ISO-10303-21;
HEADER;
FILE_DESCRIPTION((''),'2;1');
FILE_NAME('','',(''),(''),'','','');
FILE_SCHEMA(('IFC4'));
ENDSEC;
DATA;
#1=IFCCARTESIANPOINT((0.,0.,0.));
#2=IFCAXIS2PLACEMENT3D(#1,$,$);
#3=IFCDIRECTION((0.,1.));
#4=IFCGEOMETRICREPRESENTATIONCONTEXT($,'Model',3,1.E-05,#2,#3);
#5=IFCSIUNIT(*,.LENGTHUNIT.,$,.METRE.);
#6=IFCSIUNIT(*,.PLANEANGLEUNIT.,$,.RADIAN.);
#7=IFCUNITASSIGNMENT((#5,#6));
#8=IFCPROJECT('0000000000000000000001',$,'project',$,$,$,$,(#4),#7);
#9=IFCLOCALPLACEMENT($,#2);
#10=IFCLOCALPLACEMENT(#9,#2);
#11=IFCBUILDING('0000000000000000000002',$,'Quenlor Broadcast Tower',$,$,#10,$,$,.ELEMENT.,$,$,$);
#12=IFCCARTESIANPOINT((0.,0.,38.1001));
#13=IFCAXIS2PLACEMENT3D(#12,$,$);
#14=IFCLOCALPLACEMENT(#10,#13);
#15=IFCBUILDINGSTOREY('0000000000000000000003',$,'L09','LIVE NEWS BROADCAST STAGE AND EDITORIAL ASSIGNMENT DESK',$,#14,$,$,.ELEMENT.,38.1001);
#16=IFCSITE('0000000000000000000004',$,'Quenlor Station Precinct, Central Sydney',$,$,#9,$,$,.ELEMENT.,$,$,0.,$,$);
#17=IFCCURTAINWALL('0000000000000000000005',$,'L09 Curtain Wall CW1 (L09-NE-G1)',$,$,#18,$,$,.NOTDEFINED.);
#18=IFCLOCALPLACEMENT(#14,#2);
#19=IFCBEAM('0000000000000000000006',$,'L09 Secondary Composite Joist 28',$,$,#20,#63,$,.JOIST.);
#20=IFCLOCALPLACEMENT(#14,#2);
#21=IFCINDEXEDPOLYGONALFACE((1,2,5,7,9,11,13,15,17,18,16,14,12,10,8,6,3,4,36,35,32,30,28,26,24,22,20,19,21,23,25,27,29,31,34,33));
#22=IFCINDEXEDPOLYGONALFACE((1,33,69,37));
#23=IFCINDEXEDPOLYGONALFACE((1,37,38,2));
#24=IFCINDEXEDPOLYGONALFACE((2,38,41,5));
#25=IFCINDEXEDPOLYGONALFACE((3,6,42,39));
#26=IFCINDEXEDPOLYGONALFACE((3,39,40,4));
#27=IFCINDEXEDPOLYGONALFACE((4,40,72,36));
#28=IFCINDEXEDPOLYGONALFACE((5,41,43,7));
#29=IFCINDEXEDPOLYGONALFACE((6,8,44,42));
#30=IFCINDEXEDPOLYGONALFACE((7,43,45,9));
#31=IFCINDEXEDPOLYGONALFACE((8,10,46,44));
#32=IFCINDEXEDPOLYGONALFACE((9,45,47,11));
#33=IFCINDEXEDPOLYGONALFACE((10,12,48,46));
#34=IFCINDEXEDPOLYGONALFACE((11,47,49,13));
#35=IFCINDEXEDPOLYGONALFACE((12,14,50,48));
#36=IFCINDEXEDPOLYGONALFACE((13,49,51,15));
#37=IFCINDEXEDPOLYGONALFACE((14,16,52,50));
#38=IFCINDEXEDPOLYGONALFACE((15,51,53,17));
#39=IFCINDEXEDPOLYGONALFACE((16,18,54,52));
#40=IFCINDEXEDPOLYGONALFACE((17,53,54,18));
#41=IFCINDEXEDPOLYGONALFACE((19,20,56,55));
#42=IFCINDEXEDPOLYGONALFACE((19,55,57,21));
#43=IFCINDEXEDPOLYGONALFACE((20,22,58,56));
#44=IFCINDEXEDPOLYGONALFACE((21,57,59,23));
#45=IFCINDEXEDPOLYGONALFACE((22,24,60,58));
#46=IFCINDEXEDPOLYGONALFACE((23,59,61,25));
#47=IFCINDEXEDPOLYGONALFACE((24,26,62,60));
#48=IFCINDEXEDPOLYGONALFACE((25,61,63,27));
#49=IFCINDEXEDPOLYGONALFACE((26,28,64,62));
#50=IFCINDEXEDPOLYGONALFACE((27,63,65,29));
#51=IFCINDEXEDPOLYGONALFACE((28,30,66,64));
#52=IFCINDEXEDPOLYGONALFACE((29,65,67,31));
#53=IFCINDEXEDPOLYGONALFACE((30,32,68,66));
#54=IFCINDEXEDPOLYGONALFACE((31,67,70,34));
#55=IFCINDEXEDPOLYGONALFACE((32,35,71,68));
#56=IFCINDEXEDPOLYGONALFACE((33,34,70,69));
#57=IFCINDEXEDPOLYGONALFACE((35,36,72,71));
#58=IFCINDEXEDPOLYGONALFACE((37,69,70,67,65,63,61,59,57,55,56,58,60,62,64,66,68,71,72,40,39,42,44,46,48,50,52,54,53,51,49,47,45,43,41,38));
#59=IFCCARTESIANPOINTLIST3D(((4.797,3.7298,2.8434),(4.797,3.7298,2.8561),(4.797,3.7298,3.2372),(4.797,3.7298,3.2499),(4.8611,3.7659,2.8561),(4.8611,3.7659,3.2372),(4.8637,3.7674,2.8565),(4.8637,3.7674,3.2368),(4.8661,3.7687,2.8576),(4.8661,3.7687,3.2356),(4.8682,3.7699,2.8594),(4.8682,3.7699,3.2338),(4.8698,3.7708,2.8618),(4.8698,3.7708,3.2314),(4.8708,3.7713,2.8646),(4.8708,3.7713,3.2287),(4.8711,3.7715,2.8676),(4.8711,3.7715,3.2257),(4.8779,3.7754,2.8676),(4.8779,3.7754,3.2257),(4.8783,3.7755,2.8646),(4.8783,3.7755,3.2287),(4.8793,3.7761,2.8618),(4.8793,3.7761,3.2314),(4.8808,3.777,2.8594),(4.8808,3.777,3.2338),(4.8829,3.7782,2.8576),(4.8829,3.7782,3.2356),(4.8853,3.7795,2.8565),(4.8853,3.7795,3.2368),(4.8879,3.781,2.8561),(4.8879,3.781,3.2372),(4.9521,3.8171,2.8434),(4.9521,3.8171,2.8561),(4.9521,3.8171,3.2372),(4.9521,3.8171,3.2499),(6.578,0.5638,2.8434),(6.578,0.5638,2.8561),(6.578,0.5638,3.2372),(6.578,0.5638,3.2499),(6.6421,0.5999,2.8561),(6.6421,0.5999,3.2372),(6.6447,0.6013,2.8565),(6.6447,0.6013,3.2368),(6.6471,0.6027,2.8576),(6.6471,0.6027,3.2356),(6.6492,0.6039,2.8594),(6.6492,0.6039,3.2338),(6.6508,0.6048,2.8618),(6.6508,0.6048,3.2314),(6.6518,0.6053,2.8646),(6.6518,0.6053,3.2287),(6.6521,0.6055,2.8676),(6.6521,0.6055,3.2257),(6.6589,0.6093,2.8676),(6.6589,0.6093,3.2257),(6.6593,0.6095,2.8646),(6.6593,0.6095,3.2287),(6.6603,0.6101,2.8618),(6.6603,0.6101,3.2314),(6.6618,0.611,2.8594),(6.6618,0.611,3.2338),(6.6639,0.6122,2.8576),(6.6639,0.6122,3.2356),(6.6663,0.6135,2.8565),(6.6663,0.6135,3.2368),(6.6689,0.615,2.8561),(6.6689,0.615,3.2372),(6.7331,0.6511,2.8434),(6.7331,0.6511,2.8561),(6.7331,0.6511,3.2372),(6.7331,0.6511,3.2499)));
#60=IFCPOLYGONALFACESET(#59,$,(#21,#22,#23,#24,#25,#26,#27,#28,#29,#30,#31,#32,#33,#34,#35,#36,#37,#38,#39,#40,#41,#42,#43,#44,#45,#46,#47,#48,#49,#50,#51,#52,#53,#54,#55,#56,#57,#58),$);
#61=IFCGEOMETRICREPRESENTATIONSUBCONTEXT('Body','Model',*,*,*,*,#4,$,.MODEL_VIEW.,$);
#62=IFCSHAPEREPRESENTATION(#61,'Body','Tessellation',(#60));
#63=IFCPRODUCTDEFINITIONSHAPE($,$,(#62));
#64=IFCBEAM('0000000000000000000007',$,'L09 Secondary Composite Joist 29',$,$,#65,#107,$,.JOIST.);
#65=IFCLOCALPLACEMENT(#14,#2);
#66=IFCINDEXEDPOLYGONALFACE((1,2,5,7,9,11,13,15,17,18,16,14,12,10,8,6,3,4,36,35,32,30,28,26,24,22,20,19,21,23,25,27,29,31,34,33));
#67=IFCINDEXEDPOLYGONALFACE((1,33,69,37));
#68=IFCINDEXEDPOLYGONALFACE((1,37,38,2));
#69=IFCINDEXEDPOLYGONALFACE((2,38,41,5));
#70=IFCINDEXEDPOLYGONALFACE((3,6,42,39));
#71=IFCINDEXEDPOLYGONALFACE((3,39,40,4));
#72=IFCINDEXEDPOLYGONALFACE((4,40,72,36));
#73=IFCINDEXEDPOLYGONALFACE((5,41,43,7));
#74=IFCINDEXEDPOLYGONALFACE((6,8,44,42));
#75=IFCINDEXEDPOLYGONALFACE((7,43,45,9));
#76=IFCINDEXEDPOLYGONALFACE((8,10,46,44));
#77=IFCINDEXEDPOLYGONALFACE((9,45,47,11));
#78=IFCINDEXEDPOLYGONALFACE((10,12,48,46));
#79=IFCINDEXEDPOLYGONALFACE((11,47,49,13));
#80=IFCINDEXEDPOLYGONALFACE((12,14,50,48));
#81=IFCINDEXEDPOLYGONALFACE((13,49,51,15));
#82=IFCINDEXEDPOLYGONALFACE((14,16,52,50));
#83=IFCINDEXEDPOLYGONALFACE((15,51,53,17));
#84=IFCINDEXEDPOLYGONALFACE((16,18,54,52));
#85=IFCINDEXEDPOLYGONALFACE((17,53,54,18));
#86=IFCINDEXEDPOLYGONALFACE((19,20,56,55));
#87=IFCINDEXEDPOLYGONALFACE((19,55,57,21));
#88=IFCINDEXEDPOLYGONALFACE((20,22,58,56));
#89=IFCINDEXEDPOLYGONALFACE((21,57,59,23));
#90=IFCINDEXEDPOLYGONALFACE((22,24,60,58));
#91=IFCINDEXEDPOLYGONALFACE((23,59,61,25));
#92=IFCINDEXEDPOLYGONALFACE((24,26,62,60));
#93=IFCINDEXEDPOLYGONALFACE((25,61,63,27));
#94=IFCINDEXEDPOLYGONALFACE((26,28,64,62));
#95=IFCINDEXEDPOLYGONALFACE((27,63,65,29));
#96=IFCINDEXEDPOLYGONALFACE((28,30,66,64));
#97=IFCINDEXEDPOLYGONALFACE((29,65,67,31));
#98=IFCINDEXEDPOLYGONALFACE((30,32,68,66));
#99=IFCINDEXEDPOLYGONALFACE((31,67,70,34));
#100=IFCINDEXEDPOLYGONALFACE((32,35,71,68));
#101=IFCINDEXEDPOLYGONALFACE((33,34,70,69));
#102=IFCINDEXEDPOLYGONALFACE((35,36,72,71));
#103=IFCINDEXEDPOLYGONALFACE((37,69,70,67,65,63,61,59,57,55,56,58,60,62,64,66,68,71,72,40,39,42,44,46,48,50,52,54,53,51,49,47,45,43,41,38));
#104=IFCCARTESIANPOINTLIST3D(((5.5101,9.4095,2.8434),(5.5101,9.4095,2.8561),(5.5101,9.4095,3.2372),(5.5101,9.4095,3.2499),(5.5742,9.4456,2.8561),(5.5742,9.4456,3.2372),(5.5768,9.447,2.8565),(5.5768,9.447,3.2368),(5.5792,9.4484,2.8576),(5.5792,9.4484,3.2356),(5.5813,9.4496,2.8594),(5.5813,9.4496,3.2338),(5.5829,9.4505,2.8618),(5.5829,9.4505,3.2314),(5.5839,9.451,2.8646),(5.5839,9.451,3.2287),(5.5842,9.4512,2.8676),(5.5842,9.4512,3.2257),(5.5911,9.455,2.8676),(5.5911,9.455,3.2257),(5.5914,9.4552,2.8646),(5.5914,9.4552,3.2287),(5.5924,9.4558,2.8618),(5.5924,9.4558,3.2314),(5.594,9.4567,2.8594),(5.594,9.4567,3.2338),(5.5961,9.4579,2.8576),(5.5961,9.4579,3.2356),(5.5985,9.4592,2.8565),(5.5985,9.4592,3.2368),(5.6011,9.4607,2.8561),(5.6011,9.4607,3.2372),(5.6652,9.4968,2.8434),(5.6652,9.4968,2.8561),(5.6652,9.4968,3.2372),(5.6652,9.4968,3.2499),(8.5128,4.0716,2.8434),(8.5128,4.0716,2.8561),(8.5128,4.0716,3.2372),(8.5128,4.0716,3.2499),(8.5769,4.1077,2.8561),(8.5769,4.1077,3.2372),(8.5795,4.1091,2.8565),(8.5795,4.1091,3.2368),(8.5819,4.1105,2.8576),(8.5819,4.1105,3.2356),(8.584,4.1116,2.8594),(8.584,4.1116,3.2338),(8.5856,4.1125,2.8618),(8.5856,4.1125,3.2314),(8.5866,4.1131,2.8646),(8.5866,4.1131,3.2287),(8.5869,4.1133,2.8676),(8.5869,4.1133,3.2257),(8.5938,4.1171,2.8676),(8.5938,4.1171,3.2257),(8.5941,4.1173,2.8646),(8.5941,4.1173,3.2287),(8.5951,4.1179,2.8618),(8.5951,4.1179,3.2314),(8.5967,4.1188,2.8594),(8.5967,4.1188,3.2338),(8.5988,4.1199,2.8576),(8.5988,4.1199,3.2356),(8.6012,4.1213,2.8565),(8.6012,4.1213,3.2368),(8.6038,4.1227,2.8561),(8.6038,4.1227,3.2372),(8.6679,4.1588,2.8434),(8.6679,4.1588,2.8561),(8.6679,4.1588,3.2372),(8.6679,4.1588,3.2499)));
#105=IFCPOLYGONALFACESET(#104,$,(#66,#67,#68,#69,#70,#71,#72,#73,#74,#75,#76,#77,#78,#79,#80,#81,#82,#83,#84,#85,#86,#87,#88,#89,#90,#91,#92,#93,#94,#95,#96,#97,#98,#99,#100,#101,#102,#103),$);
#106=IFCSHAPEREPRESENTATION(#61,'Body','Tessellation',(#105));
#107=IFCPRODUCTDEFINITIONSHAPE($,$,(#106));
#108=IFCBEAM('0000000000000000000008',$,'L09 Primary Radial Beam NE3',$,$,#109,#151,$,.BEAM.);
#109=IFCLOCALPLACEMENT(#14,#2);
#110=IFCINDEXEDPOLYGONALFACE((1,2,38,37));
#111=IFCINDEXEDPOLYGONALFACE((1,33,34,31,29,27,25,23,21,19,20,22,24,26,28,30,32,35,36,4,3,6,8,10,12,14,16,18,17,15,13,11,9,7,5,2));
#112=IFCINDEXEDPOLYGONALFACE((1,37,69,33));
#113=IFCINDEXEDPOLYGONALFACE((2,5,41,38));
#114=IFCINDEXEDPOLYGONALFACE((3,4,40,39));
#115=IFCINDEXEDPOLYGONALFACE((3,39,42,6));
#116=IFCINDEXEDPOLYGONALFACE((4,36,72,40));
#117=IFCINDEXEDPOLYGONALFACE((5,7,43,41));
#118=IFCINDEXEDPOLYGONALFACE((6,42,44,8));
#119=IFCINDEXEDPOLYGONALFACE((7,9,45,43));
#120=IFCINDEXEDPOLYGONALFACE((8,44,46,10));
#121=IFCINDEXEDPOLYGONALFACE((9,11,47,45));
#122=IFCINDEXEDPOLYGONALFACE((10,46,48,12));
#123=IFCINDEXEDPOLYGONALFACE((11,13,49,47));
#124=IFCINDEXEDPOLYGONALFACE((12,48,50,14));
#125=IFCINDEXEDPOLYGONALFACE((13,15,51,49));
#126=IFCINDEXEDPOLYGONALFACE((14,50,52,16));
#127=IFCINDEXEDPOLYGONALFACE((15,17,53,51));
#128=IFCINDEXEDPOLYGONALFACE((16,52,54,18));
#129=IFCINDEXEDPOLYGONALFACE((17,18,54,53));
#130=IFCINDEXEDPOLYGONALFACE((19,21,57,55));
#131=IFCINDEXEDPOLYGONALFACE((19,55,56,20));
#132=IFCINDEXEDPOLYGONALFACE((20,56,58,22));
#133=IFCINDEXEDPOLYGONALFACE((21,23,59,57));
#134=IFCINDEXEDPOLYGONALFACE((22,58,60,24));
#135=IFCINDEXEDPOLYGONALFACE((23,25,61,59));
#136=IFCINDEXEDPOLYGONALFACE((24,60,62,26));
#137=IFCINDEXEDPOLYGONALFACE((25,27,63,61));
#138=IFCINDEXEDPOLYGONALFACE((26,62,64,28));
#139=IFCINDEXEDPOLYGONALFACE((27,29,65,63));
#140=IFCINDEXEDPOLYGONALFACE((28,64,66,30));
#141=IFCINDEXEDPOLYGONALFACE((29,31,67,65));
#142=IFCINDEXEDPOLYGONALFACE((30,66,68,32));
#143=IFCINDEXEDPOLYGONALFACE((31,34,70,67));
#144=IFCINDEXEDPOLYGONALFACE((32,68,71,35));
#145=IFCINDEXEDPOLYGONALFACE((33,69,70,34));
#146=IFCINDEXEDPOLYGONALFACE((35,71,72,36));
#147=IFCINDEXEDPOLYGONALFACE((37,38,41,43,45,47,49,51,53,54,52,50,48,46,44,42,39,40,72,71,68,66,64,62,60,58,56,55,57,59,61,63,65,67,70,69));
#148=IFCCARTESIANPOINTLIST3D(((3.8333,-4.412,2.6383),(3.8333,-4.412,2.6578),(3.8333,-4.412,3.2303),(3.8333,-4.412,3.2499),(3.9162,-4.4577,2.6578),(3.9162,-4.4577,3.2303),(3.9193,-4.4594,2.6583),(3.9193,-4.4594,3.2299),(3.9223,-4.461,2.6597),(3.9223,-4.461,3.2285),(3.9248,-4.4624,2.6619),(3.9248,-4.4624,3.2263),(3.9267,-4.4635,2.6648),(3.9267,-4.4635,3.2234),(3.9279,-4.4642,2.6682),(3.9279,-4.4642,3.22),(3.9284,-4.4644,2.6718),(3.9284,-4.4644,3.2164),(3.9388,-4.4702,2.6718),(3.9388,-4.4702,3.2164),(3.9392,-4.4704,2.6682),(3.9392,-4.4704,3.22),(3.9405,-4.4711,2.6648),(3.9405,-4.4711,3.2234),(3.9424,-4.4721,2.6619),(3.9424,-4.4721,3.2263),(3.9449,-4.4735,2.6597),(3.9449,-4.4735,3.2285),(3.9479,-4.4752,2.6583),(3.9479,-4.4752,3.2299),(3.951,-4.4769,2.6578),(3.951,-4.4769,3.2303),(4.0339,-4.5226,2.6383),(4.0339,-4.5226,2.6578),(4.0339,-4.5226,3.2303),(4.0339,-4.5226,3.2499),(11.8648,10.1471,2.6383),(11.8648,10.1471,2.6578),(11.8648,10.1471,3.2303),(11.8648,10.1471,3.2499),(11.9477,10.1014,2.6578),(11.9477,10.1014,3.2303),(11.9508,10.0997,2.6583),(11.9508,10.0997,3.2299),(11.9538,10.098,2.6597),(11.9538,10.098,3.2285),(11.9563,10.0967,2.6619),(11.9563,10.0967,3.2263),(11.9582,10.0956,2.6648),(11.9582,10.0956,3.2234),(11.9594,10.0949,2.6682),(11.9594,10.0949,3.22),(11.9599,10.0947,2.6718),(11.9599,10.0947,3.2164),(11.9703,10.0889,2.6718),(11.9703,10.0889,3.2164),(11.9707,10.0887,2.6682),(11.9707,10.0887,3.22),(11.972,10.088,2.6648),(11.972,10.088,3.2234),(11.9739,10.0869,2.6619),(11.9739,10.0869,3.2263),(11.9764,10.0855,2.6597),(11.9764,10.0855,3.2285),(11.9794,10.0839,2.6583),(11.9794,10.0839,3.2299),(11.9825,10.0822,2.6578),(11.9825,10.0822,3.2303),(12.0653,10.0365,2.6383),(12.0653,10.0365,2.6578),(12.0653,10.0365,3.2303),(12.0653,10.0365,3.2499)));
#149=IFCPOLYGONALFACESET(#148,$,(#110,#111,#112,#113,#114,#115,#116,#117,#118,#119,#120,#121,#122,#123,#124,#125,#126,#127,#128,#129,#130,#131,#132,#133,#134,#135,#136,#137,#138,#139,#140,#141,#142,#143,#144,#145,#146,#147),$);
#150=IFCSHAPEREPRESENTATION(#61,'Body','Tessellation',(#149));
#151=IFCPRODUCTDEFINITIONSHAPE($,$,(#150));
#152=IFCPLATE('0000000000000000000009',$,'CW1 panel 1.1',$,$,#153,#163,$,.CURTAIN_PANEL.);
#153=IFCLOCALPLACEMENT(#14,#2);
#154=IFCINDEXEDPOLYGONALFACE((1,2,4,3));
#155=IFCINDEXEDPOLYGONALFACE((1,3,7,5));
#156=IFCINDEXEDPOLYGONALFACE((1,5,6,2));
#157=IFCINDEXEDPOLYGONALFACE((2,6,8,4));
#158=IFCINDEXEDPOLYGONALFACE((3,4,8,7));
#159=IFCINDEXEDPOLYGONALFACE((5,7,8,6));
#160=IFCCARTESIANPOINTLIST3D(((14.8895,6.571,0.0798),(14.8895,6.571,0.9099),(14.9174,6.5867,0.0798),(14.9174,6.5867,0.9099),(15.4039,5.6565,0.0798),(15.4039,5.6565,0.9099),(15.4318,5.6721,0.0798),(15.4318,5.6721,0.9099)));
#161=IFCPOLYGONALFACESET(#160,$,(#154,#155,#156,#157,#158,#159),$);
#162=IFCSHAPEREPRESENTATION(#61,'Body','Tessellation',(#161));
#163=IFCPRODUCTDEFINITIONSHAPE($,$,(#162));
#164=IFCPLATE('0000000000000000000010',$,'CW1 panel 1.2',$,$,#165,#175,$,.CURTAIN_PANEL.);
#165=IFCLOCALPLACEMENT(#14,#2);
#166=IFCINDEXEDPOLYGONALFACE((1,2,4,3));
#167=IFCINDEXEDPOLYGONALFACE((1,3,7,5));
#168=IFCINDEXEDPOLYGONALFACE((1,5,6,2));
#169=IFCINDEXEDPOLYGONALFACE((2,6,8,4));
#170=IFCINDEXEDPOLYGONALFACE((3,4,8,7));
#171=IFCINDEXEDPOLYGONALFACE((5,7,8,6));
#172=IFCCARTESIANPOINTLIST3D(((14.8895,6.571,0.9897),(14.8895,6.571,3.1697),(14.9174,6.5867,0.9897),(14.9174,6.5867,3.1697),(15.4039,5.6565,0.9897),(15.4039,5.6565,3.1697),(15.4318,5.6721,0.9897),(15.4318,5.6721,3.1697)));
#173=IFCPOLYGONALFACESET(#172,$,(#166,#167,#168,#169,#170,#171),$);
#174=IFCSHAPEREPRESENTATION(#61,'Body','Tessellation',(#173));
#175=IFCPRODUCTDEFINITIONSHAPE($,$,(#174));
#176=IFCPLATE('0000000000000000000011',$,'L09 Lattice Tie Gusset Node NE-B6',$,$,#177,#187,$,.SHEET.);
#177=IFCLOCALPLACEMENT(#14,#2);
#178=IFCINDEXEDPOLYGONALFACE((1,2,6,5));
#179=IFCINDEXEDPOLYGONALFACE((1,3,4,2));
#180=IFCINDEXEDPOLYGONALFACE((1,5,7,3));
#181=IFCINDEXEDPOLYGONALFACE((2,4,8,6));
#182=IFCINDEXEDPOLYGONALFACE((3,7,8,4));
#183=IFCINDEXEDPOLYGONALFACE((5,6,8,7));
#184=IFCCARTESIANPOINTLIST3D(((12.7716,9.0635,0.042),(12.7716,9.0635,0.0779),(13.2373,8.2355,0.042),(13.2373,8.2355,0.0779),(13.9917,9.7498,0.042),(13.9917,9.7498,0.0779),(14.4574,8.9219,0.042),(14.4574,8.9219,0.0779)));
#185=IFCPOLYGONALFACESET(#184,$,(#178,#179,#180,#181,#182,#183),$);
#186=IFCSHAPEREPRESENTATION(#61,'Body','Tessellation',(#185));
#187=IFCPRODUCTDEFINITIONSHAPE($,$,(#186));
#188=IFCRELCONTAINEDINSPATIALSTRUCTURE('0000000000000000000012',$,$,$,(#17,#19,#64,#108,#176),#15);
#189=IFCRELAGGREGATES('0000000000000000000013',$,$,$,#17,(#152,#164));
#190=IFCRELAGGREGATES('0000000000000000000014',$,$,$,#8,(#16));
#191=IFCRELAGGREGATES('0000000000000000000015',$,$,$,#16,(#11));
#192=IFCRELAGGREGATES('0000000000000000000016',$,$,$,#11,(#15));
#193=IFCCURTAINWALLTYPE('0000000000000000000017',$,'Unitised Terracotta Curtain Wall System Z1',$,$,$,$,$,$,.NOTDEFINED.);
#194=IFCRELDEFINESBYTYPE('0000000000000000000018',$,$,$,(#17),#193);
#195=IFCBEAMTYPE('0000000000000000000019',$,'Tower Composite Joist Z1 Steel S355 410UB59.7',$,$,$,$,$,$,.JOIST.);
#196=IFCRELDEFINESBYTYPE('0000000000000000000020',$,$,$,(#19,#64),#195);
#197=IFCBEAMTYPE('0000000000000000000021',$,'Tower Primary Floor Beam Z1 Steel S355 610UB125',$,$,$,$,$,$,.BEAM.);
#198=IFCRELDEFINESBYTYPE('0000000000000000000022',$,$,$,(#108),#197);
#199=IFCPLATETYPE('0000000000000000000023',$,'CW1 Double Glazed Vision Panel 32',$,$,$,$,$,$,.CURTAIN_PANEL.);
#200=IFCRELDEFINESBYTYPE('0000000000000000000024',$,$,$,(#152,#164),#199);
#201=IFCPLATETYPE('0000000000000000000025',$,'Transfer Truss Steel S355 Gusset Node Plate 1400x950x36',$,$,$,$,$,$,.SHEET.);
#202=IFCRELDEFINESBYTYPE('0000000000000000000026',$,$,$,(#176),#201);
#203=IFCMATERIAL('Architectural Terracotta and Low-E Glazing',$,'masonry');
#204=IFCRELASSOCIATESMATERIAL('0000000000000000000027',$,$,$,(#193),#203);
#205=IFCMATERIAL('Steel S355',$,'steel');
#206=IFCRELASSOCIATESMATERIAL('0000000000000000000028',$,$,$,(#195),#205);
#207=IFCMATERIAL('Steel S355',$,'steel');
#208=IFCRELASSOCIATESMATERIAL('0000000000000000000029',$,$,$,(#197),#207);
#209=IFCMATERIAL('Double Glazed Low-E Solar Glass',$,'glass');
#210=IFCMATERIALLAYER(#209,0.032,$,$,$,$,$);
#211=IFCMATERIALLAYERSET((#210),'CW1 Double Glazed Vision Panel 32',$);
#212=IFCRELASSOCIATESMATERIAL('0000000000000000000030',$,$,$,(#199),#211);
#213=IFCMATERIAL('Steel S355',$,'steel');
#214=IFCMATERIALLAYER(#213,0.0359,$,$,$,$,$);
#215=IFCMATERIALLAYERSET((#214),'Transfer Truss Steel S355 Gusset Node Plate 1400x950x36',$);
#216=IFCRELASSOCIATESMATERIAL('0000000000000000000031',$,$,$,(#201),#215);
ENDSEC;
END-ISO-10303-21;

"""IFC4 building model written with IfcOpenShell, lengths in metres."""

from ifc_helpers import new_model, si_unit, direction, frame, origin, origin_2d, place, context, subcontext, project, spatial, rectangle, i_section, extrude, material, layer, layer_set, material_profile, profile_set, type_object, element, aggregate, save


model = new_model("IFC4")

# Units and contexts
model_context = context("Model", 3, precision=1e-05, world=origin(), true_north=direction((0.0, 1.0)))
body_context = subcontext(model_context, "Body", "Model", "MODEL_VIEW")
ifc_project = project(units=[si_unit("LENGTHUNIT", "METRE"), si_unit("PLANEANGLEUNIT", "RADIAN")], contexts=[model_context])

# Site, building, storey
site_placement = place(None, origin())
site = spatial("IfcSite", under=ifc_project, at=site_placement, Name="Quenlor Station Precinct, Central Sydney", CompositionType="ELEMENT", RefElevation=0.0)
building_placement = place(site_placement, origin())
building = spatial("IfcBuilding", under=site, at=building_placement, Name="Quenlor Broadcast Tower", CompositionType="ELEMENT")
storey_placement = place(building_placement, frame((0.0, 0.0, 38.1001)))
storey = spatial("IfcBuildingStorey", under=building, at=storey_placement, Name="L09", Description="LIVE NEWS BROADCAST STAGE AND EDITORIAL ASSIGNMENT DESK", CompositionType="ELEMENT", Elevation=38.1001)

# Curtain wall
ifc_material_1 = material(Name="Architectural Terracotta and Low-E Glazing", Category="masonry")
curtain_wall_type = type_object("IfcCurtainWallType", Name="Unitised Terracotta Curtain Wall System Z1", PredefinedType="NOTDEFINED", material=ifc_material_1)
curtain_wall_placement = place(storey_placement, origin())
curtain_wall = element("IfcCurtainWall", 1, at=curtain_wall_placement, inside=storey, type_object=curtain_wall_type, Name="L09 Curtain Wall CW1 (L09-NE-G1)", PredefinedType="NOTDEFINED")

# Beams
ifc_material_2 = material(Name="Steel S355", Category="steel")
ifc_material_profile_1 = material_profile(ifc_material_2, i_section(OverallWidth=0.178, OverallDepth=0.4065, WebThickness=0.0078, FlangeThickness=0.0127, FilletRadius=0.0115, at=origin_2d()))
ifc_profile_set_1 = profile_set([ifc_material_profile_1], Name="Steel S355 410UB59.7")
beam_type_1 = type_object("IfcBeamType", Name="Tower Composite Joist Z1 Steel S355 410UB59.7", PredefinedType="JOIST", material=ifc_profile_set_1)
beam_1_placement = place(storey_placement, frame((4.8745, 3.7734, 3.0466), z_axis=(0.490287, -0.871561, 0.0), x_axis=(0.871561, 0.490287, 0.0)))
element("IfcBeam", 2, at=beam_1_placement, inside=storey, type_object=beam_type_1, Name="L09 Secondary Composite Joist 28", PredefinedType="JOIST", context=body_context, shape_type="SweptSolid", body=[
    extrude(i_section(OverallWidth=0.178, OverallDepth=0.4065, WebThickness=0.0078, FlangeThickness=0.0127, FilletRadius=0.0115, at=origin_2d()), origin(), (0.0, 0.0, 1.0), 3.6326),
])
beam_2_placement = place(storey_placement, frame((5.5876, 9.4531, 3.0466), z_axis=(0.490276, -0.871567, 0.0), x_axis=(0.871567, 0.490276, 0.0)))
element("IfcBeam", 3, at=beam_2_placement, inside=storey, type_object=beam_type_1, Name="L09 Secondary Composite Joist 29", PredefinedType="JOIST", context=body_context, shape_type="SweptSolid", body=[
    extrude(i_section(OverallWidth=0.178, OverallDepth=0.4065, WebThickness=0.0078, FlangeThickness=0.0127, FilletRadius=0.0115, at=origin_2d()), origin(), (0.0, 0.0, 1.0), 6.1245),
])
ifc_material_3 = material(Name="Steel S355", Category="steel")
ifc_material_profile_2 = material_profile(ifc_material_3, i_section(OverallWidth=0.229, OverallDepth=0.6116, WebThickness=0.012, FlangeThickness=0.0195, FilletRadius=0.0139, at=origin_2d()))
ifc_profile_set_2 = profile_set([ifc_material_profile_2], Name="Steel S355 610UB125")
beam_type_2 = type_object("IfcBeamType", Name="Tower Primary Floor Beam Z1 Steel S355 610UB125", PredefinedType="BEAM", material=ifc_profile_set_2)
beam_3_placement = place(storey_placement, frame((11.9651, 10.0918, 2.9441), z_axis=(-0.483026, -0.875606, 0.0), x_axis=(0.875606, -0.483026, 0.0)))
element("IfcBeam", 4, at=beam_3_placement, inside=storey, type_object=beam_type_2, Name="L09 Primary Radial Beam NE3", PredefinedType="BEAM", context=body_context, shape_type="SweptSolid", body=[
    extrude(i_section(OverallWidth=0.229, OverallDepth=0.6116, WebThickness=0.012, FlangeThickness=0.0195, FilletRadius=0.0139, at=origin_2d()), origin(), (0.0, 0.0, 1.0), 16.6274),
])

# Plates
ifc_material_4 = material(Name="Double Glazed Low-E Solar Glass", Category="glass")
ifc_layer_1 = layer(ifc_material_4, 0.032)
ifc_layer_set_1 = layer_set([ifc_layer_1], Name="CW1 Double Glazed Vision Panel 32")
plate_type_1 = type_object("IfcPlateType", Name="CW1 Double Glazed Vision Panel 32", PredefinedType="CURTAIN_PANEL", material=ifc_layer_set_1)
plate_1_placement = place(storey_placement, frame((15.1606, 6.1216, 0.0798), z_axis=(0.0, 0.0, 1.0), x_axis=(0.490277, -0.871567, 0.0)))
plate_1 = element("IfcPlate", 5, at=plate_1_placement, type_object=plate_type_1, Name="CW1 panel 1.1", PredefinedType="CURTAIN_PANEL", context=body_context, shape_type="SweptSolid", body=[
    extrude(rectangle(XDim=1.0493, YDim=0.032, at=origin_2d()), origin(), (0.0, 0.0, 1.0), 0.8301),
])
plate_2_placement = place(storey_placement, frame((15.1606, 6.1216, 0.9897), z_axis=(0.0, 0.0, 1.0), x_axis=(0.490277, -0.871567, 0.0)))
plate_2 = element("IfcPlate", 6, at=plate_2_placement, type_object=plate_type_1, Name="CW1 panel 1.2", PredefinedType="CURTAIN_PANEL", context=body_context, shape_type="SweptSolid", body=[
    extrude(rectangle(XDim=1.0493, YDim=0.032, at=origin_2d()), origin(), (0.0, 0.0, 1.0), 2.1799),
])
aggregate(curtain_wall, [plate_1, plate_2])

# Plate
ifc_material_5 = material(Name="Steel S355", Category="steel")
ifc_layer_2 = layer(ifc_material_5, 0.0359)
ifc_layer_set_2 = layer_set([ifc_layer_2], Name="Transfer Truss Steel S355 Gusset Node Plate 1400x950x36")
plate_type_2 = type_object("IfcPlateType", Name="Transfer Truss Steel S355 Gusset Node Plate 1400x950x36", PredefinedType="SHEET", material=ifc_layer_set_2)
for number, where, z_axis, x_axis, name in (
    (7, (13.6145, 8.9927, 0.042), (0.0, 0.0, 1.0), (0.871556, 0.490295, 0.0), "L09 Lattice Tie Gusset Node NE-B6"),
):
    element("IfcPlate", number, at=place(storey_placement, frame(where, z_axis=z_axis, x_axis=x_axis)), inside=storey, type_object=plate_type_2, Name=name, PredefinedType="SHEET", context=body_context, shape_type="SweptSolid", body=[
        extrude(rectangle(XDim=1.3999, YDim=0.95, at=origin_2d()), origin(), (0.0, 0.0, 1.0), 0.0359),
    ])

save(model, "model.ifc")
